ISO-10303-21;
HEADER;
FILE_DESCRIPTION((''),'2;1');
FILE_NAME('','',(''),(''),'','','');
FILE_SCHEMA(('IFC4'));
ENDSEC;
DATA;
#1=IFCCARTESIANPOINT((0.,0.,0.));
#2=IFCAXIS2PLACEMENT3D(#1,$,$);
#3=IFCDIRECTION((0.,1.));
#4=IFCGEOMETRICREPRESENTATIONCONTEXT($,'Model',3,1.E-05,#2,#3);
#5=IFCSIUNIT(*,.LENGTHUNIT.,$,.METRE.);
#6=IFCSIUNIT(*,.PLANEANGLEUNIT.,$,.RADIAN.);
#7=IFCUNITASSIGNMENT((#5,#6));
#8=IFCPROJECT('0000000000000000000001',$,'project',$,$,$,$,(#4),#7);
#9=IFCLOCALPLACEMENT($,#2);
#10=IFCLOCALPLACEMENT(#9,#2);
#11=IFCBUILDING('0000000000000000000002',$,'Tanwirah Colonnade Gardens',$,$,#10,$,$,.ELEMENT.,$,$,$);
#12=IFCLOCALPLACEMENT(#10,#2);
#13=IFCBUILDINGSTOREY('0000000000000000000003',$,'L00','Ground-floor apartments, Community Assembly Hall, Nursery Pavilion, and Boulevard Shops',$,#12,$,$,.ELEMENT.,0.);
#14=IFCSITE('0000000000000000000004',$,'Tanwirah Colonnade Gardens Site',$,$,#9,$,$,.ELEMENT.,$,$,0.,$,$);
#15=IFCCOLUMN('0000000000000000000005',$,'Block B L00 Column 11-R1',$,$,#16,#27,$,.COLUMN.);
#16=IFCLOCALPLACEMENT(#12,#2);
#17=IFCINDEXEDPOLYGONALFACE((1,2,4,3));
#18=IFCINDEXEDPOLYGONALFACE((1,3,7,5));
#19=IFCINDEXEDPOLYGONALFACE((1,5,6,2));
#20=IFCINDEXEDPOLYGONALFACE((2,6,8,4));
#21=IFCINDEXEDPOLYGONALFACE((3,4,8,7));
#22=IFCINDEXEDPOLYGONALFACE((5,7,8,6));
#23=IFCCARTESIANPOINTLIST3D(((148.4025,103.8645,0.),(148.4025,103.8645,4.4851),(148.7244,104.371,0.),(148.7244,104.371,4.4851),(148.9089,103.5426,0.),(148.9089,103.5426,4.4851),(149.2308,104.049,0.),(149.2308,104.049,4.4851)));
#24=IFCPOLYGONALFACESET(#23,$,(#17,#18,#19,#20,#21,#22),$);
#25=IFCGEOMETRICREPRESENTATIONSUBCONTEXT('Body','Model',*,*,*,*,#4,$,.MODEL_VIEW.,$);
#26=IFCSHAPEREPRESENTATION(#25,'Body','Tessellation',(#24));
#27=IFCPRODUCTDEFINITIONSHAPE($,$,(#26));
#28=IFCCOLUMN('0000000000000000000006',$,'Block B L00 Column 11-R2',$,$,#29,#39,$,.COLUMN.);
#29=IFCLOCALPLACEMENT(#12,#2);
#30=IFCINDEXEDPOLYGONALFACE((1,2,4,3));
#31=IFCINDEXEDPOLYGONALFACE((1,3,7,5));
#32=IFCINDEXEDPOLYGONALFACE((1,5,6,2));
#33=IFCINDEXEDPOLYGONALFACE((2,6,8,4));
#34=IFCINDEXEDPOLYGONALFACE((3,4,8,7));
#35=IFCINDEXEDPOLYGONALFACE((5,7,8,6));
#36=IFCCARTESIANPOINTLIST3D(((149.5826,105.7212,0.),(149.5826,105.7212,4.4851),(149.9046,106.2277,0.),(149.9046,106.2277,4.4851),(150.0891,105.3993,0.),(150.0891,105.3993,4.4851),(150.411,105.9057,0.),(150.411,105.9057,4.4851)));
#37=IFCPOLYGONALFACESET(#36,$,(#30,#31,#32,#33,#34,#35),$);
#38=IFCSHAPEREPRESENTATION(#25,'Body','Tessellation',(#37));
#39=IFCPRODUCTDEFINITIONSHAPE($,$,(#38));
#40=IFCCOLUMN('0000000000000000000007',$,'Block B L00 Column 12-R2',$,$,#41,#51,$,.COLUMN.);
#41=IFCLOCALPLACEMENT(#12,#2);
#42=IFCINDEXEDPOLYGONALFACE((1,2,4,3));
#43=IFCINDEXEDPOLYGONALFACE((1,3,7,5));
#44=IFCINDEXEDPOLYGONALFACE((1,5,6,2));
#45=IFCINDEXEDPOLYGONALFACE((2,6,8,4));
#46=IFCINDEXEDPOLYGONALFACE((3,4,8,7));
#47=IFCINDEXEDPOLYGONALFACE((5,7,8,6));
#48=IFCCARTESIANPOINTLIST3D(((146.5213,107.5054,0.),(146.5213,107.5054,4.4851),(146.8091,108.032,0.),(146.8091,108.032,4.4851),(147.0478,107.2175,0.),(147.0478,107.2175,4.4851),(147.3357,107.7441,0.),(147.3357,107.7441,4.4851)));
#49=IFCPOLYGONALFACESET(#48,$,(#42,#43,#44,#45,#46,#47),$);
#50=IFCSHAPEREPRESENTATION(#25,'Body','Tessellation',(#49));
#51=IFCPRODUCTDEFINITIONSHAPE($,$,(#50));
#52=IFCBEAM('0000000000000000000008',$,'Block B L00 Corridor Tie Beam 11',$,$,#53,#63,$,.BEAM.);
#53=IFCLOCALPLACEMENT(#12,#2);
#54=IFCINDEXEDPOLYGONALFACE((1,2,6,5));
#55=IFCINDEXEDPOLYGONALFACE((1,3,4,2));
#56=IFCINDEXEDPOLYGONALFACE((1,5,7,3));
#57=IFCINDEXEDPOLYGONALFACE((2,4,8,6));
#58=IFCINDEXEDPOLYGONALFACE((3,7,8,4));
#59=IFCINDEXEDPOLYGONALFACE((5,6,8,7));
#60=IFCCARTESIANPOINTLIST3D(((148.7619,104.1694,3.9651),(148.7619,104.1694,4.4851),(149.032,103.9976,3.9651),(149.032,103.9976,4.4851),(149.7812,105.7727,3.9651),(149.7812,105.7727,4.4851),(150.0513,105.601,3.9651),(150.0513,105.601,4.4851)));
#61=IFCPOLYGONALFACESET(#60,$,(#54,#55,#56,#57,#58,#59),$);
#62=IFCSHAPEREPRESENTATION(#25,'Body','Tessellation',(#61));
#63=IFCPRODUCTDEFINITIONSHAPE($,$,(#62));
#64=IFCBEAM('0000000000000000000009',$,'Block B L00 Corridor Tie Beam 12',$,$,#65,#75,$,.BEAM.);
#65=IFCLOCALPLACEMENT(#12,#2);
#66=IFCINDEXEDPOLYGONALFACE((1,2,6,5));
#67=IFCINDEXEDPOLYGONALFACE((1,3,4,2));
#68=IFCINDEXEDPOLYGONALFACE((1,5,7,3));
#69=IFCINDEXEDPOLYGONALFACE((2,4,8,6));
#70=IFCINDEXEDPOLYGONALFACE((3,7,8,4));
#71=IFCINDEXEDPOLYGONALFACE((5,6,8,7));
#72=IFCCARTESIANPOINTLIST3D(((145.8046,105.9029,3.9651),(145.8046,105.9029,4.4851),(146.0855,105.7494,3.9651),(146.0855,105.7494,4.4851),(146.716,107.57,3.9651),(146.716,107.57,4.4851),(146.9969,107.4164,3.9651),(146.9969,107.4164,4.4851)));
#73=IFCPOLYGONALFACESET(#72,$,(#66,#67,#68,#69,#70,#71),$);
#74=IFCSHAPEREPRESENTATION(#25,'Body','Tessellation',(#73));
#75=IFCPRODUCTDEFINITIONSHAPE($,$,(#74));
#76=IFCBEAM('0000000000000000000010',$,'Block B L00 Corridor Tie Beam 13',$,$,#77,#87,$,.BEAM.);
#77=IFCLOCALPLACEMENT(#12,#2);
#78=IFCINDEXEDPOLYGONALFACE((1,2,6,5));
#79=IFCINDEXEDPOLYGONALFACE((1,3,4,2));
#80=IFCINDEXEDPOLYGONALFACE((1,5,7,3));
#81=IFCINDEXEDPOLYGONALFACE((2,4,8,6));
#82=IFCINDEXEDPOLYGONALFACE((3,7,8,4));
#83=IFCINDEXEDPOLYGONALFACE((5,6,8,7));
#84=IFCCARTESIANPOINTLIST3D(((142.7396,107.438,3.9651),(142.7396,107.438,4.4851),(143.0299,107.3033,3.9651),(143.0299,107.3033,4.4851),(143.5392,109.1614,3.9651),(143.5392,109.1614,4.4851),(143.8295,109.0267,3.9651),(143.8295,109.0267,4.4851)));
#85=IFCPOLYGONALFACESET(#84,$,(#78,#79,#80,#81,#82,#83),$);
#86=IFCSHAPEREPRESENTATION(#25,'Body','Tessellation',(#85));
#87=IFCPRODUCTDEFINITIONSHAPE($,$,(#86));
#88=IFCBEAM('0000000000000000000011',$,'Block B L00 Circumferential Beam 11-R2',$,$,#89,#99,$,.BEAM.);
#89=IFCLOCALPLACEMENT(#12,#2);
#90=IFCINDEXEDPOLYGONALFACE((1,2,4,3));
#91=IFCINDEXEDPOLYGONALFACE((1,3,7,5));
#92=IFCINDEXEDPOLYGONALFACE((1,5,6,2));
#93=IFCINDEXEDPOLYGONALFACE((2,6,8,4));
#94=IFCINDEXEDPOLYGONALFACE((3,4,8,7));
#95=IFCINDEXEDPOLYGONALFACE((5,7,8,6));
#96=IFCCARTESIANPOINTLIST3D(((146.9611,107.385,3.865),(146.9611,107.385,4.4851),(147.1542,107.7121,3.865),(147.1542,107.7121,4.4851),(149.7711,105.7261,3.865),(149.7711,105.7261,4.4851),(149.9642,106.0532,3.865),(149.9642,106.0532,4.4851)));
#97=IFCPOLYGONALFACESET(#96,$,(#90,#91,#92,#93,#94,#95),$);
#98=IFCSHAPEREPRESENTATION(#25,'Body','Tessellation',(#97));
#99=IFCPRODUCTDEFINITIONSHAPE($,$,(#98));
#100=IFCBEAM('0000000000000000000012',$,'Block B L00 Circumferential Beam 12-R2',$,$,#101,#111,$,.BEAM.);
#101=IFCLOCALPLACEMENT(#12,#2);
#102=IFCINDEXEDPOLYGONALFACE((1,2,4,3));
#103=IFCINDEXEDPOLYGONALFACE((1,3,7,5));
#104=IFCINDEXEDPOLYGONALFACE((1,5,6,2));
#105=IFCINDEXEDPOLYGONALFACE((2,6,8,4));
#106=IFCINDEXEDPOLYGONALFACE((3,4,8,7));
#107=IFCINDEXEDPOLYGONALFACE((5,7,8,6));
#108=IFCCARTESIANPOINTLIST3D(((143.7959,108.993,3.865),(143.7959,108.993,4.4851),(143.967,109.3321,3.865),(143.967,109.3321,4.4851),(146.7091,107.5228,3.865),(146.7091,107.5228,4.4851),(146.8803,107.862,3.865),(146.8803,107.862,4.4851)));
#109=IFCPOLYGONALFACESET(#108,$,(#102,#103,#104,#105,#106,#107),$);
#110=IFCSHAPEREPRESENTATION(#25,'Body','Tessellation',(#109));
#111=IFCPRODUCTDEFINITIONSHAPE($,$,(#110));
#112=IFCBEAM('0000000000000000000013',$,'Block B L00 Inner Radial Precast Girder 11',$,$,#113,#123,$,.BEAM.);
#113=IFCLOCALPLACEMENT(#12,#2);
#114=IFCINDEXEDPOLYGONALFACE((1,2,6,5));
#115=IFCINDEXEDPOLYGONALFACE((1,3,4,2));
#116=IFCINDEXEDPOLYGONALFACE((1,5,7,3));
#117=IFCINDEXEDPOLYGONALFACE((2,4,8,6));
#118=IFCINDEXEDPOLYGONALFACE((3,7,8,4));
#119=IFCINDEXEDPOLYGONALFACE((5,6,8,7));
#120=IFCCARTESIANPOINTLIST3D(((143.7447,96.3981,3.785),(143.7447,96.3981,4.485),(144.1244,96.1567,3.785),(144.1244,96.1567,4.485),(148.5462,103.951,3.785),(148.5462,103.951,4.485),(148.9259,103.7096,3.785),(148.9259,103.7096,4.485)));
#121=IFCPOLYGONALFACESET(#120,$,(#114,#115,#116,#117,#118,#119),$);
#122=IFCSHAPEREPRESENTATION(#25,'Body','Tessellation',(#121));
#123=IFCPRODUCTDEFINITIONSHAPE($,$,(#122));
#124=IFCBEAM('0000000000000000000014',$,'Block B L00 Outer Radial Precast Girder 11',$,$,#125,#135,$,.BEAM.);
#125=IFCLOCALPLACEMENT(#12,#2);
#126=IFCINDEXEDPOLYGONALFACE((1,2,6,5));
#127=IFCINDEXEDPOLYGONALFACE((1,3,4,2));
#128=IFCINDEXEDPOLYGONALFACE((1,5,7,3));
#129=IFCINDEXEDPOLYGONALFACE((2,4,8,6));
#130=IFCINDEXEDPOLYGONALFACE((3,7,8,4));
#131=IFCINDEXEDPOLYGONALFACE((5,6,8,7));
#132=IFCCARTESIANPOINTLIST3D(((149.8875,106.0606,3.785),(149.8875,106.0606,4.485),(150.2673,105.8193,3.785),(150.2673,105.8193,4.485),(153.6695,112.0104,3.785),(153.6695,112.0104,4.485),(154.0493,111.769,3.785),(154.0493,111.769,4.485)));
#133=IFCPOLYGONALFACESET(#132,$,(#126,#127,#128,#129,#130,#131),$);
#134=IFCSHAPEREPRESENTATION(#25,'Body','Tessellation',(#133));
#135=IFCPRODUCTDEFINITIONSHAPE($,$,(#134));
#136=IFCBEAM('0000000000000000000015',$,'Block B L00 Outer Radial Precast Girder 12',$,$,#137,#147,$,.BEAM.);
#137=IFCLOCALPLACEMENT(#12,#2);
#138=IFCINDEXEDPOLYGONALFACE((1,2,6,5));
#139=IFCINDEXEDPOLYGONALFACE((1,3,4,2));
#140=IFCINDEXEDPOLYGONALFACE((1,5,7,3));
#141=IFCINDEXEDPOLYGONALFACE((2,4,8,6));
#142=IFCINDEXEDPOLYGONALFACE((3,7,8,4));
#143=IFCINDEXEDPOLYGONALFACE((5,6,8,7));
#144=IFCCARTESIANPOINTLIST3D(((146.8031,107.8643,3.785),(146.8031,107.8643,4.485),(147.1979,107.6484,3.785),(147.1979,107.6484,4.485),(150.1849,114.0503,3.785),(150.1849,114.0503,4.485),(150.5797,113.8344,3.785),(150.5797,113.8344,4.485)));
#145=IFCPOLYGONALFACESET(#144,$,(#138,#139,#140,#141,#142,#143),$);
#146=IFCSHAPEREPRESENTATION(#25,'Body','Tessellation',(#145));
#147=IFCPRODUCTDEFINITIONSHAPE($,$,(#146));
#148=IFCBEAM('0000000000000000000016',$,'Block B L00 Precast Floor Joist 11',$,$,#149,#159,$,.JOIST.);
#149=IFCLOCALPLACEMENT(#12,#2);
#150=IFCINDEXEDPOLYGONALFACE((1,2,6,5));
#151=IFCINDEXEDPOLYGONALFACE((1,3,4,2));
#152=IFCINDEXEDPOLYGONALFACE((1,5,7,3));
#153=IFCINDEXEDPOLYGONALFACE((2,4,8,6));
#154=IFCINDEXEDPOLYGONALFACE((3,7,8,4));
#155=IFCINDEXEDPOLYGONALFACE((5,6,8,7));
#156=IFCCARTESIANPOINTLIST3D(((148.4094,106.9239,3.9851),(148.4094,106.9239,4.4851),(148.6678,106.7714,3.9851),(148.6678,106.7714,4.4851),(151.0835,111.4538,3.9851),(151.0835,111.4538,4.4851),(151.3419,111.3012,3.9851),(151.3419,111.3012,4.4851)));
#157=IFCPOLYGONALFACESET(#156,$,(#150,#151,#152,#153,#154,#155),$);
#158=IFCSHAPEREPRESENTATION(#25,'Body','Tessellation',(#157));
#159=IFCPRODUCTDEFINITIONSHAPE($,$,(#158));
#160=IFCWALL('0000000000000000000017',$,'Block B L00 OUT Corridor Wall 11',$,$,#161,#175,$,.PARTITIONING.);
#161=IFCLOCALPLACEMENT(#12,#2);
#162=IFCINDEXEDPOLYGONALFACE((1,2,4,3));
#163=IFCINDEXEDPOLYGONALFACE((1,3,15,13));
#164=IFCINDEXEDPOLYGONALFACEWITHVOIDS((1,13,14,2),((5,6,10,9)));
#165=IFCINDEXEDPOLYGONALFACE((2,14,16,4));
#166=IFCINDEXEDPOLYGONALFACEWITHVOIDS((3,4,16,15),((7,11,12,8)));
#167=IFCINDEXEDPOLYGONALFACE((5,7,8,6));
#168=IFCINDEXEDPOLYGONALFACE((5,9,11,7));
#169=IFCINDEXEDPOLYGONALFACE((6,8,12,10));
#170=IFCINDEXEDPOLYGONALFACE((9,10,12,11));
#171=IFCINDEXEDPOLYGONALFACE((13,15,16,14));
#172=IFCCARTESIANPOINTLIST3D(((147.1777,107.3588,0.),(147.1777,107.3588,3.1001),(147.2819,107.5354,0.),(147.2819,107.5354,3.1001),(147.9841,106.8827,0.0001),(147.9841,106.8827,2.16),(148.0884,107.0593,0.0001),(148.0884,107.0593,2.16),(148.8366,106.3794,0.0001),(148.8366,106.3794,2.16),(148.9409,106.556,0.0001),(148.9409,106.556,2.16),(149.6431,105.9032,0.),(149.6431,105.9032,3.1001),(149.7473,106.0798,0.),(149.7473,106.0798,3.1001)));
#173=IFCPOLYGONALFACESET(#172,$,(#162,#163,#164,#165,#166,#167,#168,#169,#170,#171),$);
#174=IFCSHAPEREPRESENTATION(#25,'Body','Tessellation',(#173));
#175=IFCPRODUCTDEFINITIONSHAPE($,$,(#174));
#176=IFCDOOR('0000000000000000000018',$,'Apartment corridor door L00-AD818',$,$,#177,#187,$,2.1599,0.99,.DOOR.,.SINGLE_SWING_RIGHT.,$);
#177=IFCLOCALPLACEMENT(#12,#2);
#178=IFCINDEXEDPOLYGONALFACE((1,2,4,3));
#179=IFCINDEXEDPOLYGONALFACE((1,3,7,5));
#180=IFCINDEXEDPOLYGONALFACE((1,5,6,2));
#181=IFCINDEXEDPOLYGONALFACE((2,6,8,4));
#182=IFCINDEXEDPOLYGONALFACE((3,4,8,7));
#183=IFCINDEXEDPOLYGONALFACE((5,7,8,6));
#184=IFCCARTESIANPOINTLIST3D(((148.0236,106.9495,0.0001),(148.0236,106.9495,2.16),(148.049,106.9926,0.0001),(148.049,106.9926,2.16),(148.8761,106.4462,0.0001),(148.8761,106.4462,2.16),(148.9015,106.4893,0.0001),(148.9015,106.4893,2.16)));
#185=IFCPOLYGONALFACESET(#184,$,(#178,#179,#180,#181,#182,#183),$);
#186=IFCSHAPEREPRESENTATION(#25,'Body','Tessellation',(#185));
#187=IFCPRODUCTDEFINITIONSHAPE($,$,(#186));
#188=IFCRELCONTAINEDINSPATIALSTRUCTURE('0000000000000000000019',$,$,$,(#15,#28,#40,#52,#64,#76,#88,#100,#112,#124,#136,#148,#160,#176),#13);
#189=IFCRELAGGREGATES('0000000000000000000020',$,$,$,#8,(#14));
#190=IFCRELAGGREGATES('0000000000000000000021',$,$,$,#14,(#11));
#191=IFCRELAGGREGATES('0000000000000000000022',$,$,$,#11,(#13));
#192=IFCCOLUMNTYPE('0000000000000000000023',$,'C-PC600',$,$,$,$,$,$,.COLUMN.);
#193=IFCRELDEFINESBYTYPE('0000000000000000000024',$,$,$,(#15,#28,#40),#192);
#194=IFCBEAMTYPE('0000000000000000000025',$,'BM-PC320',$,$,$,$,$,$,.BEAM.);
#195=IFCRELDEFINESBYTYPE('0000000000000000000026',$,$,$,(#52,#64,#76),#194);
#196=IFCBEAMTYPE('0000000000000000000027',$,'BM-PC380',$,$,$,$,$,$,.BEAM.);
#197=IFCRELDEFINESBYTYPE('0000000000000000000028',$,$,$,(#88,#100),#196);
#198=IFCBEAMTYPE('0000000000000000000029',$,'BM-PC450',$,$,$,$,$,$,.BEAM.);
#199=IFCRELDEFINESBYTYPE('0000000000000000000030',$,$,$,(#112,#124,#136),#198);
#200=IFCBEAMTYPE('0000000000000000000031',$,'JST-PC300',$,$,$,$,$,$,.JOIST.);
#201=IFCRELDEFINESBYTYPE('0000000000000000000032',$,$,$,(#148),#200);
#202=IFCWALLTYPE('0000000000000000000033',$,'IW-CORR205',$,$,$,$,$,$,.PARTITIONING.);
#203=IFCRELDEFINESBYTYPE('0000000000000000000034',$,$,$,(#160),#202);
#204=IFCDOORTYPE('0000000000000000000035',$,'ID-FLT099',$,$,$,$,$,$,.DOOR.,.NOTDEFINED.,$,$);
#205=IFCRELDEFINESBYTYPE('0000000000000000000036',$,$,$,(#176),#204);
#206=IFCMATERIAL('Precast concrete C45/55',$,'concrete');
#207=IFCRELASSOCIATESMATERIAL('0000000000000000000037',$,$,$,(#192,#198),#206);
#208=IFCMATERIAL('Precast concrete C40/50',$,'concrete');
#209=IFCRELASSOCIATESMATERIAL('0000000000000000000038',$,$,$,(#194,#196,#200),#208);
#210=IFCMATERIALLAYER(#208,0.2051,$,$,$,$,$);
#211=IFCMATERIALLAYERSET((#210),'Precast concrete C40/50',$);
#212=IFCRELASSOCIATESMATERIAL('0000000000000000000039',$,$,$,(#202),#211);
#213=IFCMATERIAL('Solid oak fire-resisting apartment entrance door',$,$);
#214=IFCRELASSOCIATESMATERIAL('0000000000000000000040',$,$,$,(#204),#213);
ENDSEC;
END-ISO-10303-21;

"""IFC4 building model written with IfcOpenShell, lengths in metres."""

from ifc_helpers import new_model, si_unit, direction, frame, frame_2d, origin, origin_2d, place, context, subcontext, project, spatial, rectangle, extrude, material, layer, layer_set, material_profile, profile_set, type_object, element, fill, save


model = new_model("IFC4")

# Units and contexts
model_context = context("Model", 3, precision=1e-05, world=origin(), true_north=direction((0.0, 1.0)))
body_context = subcontext(model_context, "Body", "Model", "MODEL_VIEW")
ifc_project = project(units=[si_unit("LENGTHUNIT", "METRE"), si_unit("PLANEANGLEUNIT", "RADIAN")], contexts=[model_context])

# Site, building, storey
site_placement = place(None, origin())
site = spatial("IfcSite", under=ifc_project, at=site_placement, Name="Tanwirah Colonnade Gardens Site", CompositionType="ELEMENT", RefElevation=0.0)
building_placement = place(site_placement, origin())
building = spatial("IfcBuilding", under=site, at=building_placement, Name="Tanwirah Colonnade Gardens", CompositionType="ELEMENT")
storey_placement = place(building_placement, origin())
storey = spatial("IfcBuildingStorey", under=building, at=storey_placement, Name="L00", Description="Ground-floor apartments, Community Assembly Hall, Nursery Pavilion, and Boulevard Shops", CompositionType="ELEMENT", Elevation=0.0)

# Columns
ifc_material_1 = material(Name="Precast concrete C45/55", Category="concrete")
ifc_material_profile_1 = material_profile(ifc_material_1, rectangle(XDim=0.6001, YDim=0.6001, at=origin_2d()), Name="PC-COL 600x600")
ifc_profile_set_1 = profile_set([ifc_material_profile_1], Name="Precast concrete C45/55")
column_type = type_object("IfcColumnType", Name="C-PC600", PredefinedType="COLUMN", material=ifc_profile_set_1)
for number, where, z_axis, x_axis, name in (
    (1, (148.8167, 103.9568, 0.0), (0.0, 0.0, 1.0), (0.536482, 0.843912, 0.0), "Block B L00 Column 11-R1"),
    (2, (149.9968, 105.8135, 0.0), (0.0, 0.0, 1.0), (0.536482, 0.843912, 0.0), "Block B L00 Column 11-R2"),
    (3, (146.9285, 107.6248, 0.0), (0.0, 0.0, 1.0), (0.479713, 0.877425, 0.0), "Block B L00 Column 12-R2"),
):
    element("IfcColumn", number, at=place(storey_placement, frame(where, z_axis=z_axis, x_axis=x_axis)), inside=storey, type_object=column_type, Name=name, PredefinedType="COLUMN", context=body_context, shape_type="SweptSolid", body=[
        extrude(rectangle(XDim=0.6001, YDim=0.6001, at=origin_2d()), origin(), (0.0, 0.0, 1.0), 4.4851),
    ])

# Beams
ifc_material_2 = material(Name="Precast concrete C40/50", Category="concrete")
ifc_material_profile_2 = material_profile(ifc_material_2, rectangle(XDim=0.3201, YDim=0.52, at=origin_2d()), Name="PC-BM 320x520")
ifc_profile_set_2 = profile_set([ifc_material_profile_2], Name="Precast concrete C40/50")
beam_type_1 = type_object("IfcBeamType", Name="BM-PC320", PredefinedType="BEAM", material=ifc_profile_set_2)
for number, where, z_axis, x_axis, name in (
    (4, (148.897, 104.0835, 4.2251), (0.53651, 0.843894, 0.0), (-0.843894, 0.53651, 0.0), "Block B L00 Corridor Tie Beam 11"),
    (5, (145.9451, 105.8262, 4.2251), (0.479707, 0.877429, 0.0), (-0.877429, 0.479707, 0.0), "Block B L00 Corridor Tie Beam 12"),
    (6, (142.8848, 107.3706, 4.2251), (0.420858, 0.907126, 0.0), (-0.907126, 0.420858, 0.0), "Block B L00 Corridor Tie Beam 13"),
):
    element("IfcBeam", number, at=place(storey_placement, frame(where, z_axis=z_axis, x_axis=x_axis)), inside=storey, type_object=beam_type_1, Name=name, PredefinedType="BEAM", context=body_context, shape_type="SweptSolid", body=[
        extrude(rectangle(XDim=0.3201, YDim=0.52, at=origin_2d()), origin(), (0.0, 0.0, 1.0), 1.8999),
    ])
ifc_material_profile_3 = material_profile(ifc_material_2, rectangle(XDim=0.3799, YDim=0.6201, at=origin_2d()), Name="PC-BM 380x620")
ifc_profile_set_3 = profile_set([ifc_material_profile_3], Name="Precast concrete C40/50")
beam_type_2 = type_object("IfcBeamType", Name="BM-PC380", PredefinedType="BEAM", material=ifc_profile_set_3)
for number, where, z_axis, x_axis, name in (
    (7, (149.8677, 105.8896, 4.175), (-0.861135, 0.508376, 0.0), (-0.508376, -0.861135, 0.0), "Block B L00 Circumferential Beam 11-R2"),
    (8, (146.7947, 107.6924, 4.175), (-0.89276, 0.450532, 0.0), (-0.450532, -0.89276, 0.0), "Block B L00 Circumferential Beam 12-R2"),
):
    element("IfcBeam", number, at=place(storey_placement, frame(where, z_axis=z_axis, x_axis=x_axis)), inside=storey, type_object=beam_type_2, Name=name, PredefinedType="BEAM", context=body_context, shape_type="SweptSolid", body=[
        extrude(rectangle(XDim=0.3799, YDim=0.6201, at=origin_2d()), origin(), (0.0, 0.0, 1.0), 3.2632),
    ])
ifc_material_profile_4 = material_profile(ifc_material_1, rectangle(XDim=0.45, YDim=0.7, at=origin_2d()), Name="PC-BM 450x700")
ifc_profile_set_4 = profile_set([ifc_material_profile_4], Name="Precast concrete C45/55")
beam_type_3 = type_object("IfcBeamType", Name="BM-PC450", PredefinedType="BEAM", material=ifc_profile_set_4)
beam_1_placement = place(storey_placement, frame((148.7361, 103.8303, 4.135), z_axis=(-0.536484, -0.843911, 0.0), x_axis=(0.843911, -0.536484, 0.0)))
element("IfcBeam", 9, at=beam_1_placement, inside=storey, type_object=beam_type_3, Name="Block B L00 Inner Radial Precast Girder 11", PredefinedType="BEAM", context=body_context, shape_type="SweptSolid", body=[
    extrude(rectangle(XDim=0.45, YDim=0.7, at=origin_2d()), origin(), (0.0, 0.0, 1.0), 8.95),
])
for number, where, z_axis, x_axis, name in (
    (10, (150.0774, 105.9399, 4.135), (0.536452, 0.843931, 0.0), (-0.843931, 0.536452, 0.0), "Block B L00 Outer Radial Precast Girder 11"),
    (11, (147.0005, 107.7563, 4.135), (0.479687, 0.87744, 0.0), (-0.87744, 0.479687, 0.0), "Block B L00 Outer Radial Precast Girder 12"),
):
    element("IfcBeam", number, at=place(storey_placement, frame(where, z_axis=z_axis, x_axis=x_axis)), inside=storey, type_object=beam_type_3, Name=name, PredefinedType="BEAM", context=body_context, shape_type="SweptSolid", body=[
        extrude(rectangle(XDim=0.45, YDim=0.7, at=origin_2d()), origin(), (0.0, 0.0, 1.0), 7.05),
    ])
ifc_material_profile_5 = material_profile(ifc_material_2, rectangle(XDim=0.3, YDim=0.5, at=origin_2d()), Name="PC-JST 300x500")
ifc_profile_set_5 = profile_set([ifc_material_profile_5], Name="Precast concrete C40/50")
beam_type_4 = type_object("IfcBeamType", Name="JST-PC300", PredefinedType="JOIST", material=ifc_profile_set_5)
beam_2_placement = place(storey_placement, frame((148.5386, 106.8477, 4.2351), z_axis=(0.50836, 0.861145, 0.0), x_axis=(-0.861145, 0.50836, 0.0)))
element("IfcBeam", 12, at=beam_2_placement, inside=storey, type_object=beam_type_4, Name="Block B L00 Precast Floor Joist 11", PredefinedType="JOIST", context=body_context, shape_type="SweptSolid", body=[
    extrude(rectangle(XDim=0.3, YDim=0.5, at=origin_2d()), origin(), (0.0, 0.0, 1.0), 5.2603),
])

# Wall, opening, door
ifc_layer_1 = layer(ifc_material_2, 0.2051)
ifc_layer_set_1 = layer_set([ifc_layer_1], Name="Precast concrete C40/50")
wall_type_1 = type_object("IfcWallType", Name="IW-CORR205", PredefinedType="PARTITIONING", material=ifc_layer_set_1)
wall_1_placement = place(storey_placement, frame((149.6953, 105.9915, 0.0), z_axis=(0.0, 0.0, 1.0), x_axis=(-0.861113, 0.508413, 0.0)))
wall_1 = element("IfcWall", 13, at=wall_1_placement, inside=storey, type_object=wall_type_1, Name="Block B L00 OUT Corridor Wall 11", PredefinedType="PARTITIONING", context=body_context, shape_type="SweptSolid", body=[
    extrude(rectangle(XDim=2.863, YDim=0.2051, at=frame_2d((1.4316, 0.0))), origin(), (0.0, 0.0, 1.0), 3.1001),
])
opening_1_placement = place(wall_1_placement, frame((0.9365, 0.0, 0.0)))
opening_1 = element("IfcOpeningElement", 14, at=opening_1_placement, cuts=wall_1, PredefinedType="OPENING", context=body_context, shape_type="SweptSolid", body=[
    extrude(rectangle(XDim=0.99, YDim=2.1599, at=frame_2d((0.4951, 1.0801))), frame((0.0, 0.1125, 0.0), z_axis=(0.0, -1.0, 0.0), x_axis=(1.0, 0.0, 0.0)), (0.0, 0.0, 1.0), 0.2251),
])
ifc_material_3 = material(Name="Solid oak fire-resisting apartment entrance door")
door_type_1 = type_object("IfcDoorType", Name="ID-FLT099", OperationType="NOTDEFINED", PredefinedType="DOOR", material=ifc_material_3)
door_1_placement = place(opening_1_placement, origin())
door_1 = element("IfcDoor", 15, at=door_1_placement, inside=storey, type_object=door_type_1, Name="Apartment corridor door L00-AD818", OperationType="SINGLE_SWING_RIGHT", OverallHeight=2.1599, OverallWidth=0.99, PredefinedType="DOOR", context=body_context, shape_type="SweptSolid", body=[
    extrude(rectangle(XDim=0.99, YDim=2.1599, at=frame_2d((0.4951, 1.0801))), frame((0.0, 0.0249, 0.0), z_axis=(0.0, -1.0, 0.0), x_axis=(1.0, 0.0, 0.0)), (0.0, 0.0, 1.0), 0.05),
])
fill(opening_1, door_1)

save(model, "model.ifc")
